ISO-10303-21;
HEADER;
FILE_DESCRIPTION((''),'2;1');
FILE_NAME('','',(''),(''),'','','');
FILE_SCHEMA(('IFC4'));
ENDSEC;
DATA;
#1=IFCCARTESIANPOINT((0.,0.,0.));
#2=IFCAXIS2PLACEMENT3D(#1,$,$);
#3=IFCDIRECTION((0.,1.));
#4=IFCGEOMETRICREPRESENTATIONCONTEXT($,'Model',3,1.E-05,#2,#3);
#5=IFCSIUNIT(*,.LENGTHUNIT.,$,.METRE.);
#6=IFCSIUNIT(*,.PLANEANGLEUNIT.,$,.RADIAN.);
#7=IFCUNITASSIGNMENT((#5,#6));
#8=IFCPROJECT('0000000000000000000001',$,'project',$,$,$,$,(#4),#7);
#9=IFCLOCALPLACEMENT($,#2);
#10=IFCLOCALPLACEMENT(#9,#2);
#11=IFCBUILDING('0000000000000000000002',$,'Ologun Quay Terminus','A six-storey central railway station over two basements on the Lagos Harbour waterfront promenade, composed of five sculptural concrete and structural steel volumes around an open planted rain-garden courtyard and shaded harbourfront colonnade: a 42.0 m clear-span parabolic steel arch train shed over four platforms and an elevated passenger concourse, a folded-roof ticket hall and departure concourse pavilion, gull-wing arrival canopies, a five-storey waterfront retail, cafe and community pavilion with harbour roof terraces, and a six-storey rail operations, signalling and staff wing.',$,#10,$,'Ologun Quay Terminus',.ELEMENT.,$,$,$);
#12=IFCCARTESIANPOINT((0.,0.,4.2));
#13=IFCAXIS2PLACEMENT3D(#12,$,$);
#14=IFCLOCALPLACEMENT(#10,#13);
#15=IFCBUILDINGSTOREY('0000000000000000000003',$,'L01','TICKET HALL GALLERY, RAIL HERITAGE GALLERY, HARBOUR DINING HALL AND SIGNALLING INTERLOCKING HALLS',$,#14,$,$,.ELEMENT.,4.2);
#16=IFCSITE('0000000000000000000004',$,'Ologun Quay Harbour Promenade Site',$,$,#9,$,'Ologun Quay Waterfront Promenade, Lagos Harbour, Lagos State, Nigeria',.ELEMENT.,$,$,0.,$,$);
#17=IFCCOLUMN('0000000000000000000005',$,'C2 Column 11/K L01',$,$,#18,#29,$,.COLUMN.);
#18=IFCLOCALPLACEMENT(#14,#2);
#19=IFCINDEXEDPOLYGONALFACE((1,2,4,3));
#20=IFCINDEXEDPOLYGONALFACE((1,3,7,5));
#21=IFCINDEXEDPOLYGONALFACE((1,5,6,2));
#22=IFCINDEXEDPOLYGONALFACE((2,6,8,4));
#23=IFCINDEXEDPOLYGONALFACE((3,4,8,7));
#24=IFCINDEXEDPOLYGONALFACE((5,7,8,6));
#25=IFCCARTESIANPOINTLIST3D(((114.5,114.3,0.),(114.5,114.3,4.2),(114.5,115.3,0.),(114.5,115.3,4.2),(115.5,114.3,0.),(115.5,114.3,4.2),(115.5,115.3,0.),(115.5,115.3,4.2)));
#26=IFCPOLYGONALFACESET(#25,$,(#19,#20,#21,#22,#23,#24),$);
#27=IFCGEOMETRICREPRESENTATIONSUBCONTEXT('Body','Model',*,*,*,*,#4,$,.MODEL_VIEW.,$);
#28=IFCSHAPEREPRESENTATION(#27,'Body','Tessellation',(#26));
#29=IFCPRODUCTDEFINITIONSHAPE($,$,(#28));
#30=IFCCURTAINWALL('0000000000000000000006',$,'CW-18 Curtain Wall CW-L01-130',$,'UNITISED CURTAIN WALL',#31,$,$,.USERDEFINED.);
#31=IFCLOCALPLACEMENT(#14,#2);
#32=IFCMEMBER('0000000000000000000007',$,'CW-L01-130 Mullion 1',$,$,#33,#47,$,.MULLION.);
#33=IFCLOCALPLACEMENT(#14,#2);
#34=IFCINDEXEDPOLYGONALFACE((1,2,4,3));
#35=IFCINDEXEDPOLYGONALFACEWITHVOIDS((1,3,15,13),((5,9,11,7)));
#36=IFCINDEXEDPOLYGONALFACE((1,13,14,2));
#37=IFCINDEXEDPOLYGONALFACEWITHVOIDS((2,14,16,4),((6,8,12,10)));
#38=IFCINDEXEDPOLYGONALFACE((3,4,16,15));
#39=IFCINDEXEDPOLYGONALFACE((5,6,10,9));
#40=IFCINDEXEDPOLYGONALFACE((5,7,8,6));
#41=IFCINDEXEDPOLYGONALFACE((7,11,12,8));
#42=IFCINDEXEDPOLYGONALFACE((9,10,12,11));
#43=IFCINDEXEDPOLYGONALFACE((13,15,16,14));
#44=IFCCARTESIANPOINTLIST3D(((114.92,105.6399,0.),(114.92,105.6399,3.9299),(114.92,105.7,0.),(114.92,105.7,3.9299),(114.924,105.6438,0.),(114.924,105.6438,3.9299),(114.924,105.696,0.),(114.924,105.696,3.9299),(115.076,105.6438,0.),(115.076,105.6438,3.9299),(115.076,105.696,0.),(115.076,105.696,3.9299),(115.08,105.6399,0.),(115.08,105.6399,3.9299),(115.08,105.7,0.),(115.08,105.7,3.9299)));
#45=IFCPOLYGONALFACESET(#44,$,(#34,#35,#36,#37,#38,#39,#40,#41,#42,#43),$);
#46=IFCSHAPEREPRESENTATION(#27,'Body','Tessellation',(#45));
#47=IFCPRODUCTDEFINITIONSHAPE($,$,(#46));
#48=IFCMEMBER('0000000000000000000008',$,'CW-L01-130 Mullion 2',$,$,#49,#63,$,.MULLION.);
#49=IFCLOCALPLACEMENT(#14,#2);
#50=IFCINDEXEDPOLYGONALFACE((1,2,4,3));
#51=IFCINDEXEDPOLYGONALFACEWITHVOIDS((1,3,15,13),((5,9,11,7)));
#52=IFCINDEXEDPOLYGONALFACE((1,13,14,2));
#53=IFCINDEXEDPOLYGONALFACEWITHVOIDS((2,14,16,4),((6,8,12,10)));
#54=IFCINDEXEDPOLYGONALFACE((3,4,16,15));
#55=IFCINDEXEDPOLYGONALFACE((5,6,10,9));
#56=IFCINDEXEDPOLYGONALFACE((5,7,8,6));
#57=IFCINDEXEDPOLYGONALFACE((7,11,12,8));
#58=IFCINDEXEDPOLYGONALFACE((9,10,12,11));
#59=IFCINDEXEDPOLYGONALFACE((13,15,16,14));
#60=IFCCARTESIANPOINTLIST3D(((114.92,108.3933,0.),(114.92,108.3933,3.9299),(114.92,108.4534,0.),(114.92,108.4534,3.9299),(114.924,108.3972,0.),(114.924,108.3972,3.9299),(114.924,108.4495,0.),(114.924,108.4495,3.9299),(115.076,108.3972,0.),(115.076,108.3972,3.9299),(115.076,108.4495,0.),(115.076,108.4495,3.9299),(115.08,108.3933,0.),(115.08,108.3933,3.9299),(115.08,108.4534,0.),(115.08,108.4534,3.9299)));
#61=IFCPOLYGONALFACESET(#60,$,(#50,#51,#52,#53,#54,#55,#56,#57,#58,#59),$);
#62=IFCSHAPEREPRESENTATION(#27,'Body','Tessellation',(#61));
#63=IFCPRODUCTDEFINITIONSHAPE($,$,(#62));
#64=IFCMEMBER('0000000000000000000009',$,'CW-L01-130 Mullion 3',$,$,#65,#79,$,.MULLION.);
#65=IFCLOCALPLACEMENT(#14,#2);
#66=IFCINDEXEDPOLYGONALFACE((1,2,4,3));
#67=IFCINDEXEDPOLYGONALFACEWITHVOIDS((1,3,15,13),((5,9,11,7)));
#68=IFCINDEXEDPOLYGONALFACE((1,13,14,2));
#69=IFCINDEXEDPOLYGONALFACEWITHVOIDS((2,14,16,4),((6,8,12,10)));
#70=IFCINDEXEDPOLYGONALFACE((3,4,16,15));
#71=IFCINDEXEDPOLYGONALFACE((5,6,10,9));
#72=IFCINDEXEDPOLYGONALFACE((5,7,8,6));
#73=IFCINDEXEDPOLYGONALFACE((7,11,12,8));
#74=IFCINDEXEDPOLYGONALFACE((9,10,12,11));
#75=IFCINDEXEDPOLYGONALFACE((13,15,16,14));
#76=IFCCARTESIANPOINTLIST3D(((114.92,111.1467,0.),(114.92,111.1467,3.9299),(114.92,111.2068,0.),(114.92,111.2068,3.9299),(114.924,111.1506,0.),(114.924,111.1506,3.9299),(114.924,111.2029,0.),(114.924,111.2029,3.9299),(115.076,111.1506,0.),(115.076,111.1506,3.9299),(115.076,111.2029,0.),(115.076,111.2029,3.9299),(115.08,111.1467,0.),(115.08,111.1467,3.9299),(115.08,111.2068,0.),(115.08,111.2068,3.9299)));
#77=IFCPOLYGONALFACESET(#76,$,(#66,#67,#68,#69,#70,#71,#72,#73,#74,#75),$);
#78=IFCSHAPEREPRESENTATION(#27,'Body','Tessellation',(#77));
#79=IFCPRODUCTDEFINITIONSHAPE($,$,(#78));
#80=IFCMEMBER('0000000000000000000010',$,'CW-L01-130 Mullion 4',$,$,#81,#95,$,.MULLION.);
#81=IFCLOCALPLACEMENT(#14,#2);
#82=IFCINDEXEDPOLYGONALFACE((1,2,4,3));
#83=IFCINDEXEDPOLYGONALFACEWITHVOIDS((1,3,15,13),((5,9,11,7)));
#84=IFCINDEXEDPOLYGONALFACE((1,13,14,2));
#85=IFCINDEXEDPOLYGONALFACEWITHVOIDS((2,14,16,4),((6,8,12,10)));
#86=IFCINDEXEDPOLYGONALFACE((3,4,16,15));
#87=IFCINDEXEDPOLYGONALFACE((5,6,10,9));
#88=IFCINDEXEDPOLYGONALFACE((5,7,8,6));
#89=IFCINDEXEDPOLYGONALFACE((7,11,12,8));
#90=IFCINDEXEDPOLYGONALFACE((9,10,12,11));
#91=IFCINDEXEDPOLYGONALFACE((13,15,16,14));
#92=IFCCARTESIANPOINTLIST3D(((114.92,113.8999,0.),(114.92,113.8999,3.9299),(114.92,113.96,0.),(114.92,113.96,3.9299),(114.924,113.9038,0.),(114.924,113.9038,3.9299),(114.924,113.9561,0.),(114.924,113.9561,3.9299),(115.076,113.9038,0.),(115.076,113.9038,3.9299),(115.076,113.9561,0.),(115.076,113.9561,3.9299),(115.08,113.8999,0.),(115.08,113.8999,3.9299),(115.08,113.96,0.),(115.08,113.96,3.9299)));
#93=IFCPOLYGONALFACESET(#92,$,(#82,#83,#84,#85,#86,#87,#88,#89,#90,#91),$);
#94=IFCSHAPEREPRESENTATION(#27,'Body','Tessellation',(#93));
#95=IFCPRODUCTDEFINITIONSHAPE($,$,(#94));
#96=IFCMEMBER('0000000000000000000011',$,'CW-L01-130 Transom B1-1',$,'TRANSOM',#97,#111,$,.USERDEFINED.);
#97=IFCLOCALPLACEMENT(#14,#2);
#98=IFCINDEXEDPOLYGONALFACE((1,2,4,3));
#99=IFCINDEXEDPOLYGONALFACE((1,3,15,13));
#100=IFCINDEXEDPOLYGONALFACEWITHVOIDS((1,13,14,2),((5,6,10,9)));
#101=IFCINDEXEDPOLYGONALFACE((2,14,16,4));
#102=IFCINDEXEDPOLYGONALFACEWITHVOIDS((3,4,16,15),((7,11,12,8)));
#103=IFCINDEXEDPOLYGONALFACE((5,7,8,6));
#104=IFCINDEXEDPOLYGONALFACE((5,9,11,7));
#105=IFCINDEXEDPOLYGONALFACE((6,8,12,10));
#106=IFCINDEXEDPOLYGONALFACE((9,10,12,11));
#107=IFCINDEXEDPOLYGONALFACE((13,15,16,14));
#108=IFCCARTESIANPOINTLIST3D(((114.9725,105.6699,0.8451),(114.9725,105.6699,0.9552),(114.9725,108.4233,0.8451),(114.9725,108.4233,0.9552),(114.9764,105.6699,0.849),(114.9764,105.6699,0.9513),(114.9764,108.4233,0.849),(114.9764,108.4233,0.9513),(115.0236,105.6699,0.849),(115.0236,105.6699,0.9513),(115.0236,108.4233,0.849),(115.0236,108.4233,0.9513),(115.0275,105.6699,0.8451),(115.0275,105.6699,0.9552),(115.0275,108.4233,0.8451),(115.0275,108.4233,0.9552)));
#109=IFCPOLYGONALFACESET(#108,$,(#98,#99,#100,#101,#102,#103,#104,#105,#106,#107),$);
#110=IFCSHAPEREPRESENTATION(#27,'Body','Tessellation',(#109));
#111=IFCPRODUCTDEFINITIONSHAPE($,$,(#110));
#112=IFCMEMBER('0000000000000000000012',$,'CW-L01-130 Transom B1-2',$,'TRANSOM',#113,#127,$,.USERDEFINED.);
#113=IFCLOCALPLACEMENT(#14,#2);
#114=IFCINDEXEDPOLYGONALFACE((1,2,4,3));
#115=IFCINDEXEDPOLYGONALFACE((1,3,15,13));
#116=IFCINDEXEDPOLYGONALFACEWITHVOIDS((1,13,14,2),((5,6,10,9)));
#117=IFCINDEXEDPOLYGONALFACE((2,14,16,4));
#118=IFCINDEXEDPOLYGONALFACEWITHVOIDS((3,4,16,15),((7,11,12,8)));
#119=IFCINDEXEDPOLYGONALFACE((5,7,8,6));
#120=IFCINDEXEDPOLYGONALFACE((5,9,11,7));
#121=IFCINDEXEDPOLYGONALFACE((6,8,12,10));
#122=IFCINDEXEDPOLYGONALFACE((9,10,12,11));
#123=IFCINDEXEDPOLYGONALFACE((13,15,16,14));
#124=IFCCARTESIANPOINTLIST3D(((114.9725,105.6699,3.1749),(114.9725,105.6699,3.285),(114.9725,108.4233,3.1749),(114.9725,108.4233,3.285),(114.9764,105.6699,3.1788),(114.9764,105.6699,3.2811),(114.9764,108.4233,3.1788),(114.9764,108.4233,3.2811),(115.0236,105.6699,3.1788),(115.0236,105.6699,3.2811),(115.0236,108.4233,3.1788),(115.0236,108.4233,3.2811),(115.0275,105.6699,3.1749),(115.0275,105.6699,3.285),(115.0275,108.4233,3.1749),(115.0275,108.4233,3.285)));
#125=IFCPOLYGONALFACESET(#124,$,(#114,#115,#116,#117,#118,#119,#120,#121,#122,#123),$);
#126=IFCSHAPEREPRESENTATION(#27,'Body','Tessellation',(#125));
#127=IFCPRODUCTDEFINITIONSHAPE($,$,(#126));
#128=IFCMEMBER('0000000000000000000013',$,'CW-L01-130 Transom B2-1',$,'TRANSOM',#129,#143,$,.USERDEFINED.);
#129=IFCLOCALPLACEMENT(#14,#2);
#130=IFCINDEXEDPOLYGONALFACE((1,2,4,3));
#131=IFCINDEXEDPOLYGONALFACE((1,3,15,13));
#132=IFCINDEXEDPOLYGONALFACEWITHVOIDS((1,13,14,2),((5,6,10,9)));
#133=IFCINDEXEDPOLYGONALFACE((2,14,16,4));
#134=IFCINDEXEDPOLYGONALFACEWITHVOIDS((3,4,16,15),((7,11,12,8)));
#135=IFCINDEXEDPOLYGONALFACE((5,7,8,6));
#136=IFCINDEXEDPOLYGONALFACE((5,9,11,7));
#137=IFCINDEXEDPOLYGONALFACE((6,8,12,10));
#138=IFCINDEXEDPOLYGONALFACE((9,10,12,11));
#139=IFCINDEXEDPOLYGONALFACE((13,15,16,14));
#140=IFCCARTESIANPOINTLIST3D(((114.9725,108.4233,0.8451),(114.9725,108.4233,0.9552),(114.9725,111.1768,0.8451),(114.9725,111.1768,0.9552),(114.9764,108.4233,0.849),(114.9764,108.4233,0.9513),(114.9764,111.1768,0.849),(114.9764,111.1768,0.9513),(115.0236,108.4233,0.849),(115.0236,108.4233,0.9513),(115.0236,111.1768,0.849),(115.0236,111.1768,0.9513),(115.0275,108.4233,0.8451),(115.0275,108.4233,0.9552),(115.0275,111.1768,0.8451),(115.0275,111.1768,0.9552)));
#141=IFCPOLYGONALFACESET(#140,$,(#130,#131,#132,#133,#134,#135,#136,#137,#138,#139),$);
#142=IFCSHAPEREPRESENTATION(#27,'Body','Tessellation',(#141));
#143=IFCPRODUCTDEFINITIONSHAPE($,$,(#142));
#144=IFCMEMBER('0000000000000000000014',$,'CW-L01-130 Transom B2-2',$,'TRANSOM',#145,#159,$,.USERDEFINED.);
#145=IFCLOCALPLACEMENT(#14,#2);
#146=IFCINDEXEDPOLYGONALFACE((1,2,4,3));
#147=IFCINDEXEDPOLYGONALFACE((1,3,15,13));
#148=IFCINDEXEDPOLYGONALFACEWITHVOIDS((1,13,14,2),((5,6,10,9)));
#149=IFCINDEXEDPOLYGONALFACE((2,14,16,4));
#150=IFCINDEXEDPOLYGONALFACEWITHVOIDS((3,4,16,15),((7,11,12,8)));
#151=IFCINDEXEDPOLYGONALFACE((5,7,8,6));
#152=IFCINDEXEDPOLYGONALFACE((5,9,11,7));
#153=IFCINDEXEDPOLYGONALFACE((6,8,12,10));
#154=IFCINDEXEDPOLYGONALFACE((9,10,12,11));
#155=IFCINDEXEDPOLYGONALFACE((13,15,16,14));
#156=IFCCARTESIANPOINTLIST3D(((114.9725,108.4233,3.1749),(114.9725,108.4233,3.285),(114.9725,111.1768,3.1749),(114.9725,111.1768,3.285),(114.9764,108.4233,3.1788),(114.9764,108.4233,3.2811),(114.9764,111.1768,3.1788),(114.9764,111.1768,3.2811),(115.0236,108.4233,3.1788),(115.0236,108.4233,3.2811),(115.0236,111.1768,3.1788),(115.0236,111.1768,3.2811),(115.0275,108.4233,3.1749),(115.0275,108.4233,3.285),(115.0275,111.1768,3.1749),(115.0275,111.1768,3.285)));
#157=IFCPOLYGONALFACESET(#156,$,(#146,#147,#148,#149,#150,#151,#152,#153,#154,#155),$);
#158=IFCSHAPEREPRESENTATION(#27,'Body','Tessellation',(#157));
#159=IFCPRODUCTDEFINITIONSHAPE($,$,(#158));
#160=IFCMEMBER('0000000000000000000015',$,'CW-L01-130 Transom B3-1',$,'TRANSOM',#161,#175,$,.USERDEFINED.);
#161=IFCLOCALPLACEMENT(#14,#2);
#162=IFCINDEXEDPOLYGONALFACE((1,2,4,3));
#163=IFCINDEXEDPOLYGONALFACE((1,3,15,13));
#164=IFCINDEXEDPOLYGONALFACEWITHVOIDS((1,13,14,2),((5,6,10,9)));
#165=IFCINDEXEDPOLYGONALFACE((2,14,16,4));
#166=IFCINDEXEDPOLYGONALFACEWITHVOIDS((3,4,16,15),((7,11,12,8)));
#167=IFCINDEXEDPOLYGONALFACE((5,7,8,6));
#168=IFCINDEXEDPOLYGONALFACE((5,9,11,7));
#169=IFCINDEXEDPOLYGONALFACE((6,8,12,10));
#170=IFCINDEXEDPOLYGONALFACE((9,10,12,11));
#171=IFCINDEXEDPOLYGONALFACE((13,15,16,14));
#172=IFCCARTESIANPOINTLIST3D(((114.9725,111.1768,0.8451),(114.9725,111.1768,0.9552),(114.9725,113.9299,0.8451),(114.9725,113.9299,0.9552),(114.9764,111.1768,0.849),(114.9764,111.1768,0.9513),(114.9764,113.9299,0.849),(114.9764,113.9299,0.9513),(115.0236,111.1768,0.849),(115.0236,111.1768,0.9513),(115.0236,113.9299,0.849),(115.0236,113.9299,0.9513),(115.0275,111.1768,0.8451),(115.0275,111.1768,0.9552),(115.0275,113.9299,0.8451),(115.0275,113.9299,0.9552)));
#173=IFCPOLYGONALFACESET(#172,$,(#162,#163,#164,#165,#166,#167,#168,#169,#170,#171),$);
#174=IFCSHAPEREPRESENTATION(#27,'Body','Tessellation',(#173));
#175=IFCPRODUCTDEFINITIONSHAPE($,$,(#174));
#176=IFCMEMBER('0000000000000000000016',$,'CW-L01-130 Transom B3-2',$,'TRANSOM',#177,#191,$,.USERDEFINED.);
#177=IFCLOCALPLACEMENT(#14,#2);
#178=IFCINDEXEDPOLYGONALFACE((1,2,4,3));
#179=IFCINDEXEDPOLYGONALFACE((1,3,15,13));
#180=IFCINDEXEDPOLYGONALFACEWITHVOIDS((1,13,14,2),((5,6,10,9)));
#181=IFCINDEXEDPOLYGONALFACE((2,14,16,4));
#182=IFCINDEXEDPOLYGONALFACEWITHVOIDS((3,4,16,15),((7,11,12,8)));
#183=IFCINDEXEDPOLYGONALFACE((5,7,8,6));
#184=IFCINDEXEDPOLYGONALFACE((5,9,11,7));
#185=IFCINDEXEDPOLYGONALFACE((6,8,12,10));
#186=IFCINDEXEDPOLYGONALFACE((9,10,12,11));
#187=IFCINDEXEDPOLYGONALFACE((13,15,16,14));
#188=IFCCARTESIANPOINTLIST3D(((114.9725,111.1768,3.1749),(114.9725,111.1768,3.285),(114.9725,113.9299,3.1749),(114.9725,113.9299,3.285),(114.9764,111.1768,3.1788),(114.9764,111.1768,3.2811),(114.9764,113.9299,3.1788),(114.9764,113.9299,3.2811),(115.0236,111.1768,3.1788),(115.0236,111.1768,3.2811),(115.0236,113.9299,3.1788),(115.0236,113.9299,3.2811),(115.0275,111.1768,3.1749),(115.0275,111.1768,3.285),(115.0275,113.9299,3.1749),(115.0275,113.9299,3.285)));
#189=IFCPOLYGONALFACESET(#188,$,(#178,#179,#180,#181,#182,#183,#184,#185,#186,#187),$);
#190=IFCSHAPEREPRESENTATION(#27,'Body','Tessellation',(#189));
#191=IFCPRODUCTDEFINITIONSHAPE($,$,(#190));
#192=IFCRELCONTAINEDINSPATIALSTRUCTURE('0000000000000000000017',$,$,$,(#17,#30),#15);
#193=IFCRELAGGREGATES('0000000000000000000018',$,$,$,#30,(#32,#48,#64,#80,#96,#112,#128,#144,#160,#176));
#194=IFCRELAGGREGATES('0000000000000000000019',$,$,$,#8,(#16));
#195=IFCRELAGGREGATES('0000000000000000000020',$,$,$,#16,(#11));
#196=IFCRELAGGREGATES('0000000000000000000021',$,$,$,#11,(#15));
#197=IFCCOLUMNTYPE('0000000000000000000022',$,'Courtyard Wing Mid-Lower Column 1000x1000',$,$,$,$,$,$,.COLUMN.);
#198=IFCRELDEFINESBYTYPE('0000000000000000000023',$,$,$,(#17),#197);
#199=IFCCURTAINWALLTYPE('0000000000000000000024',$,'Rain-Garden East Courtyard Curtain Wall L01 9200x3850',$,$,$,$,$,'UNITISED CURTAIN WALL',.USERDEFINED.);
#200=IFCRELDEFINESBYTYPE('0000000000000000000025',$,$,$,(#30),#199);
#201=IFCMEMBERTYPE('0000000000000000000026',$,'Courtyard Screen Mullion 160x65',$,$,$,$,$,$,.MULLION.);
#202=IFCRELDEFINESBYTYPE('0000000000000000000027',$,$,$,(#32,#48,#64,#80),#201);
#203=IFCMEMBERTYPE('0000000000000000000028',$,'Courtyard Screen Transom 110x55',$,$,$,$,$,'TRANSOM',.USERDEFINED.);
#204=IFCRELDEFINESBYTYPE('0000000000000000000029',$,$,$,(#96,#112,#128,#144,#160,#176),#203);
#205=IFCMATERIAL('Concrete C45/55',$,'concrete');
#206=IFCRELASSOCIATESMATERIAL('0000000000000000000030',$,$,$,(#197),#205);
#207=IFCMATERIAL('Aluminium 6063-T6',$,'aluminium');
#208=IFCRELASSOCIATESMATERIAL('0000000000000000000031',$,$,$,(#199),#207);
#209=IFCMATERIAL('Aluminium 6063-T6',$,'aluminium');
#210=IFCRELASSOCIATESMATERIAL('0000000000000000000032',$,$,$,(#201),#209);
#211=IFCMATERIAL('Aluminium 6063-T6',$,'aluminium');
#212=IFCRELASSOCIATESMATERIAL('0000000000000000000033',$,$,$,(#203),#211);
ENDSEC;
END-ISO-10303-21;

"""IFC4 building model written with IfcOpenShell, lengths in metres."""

from ifc_helpers import new_model, si_unit, direction, frame, origin, origin_2d, place, context, subcontext, project, spatial, rectangle, hollow_rectangle, extrude, material, material_profile, profile_set, type_object, element, aggregate, save


model = new_model("IFC4")

# Units and contexts
model_context = context("Model", 3, precision=1e-05, world=origin(), true_north=direction((0.0, 1.0)))
body_context = subcontext(model_context, "Body", "Model", "MODEL_VIEW")
ifc_project = project(units=[si_unit("LENGTHUNIT", "METRE"), si_unit("PLANEANGLEUNIT", "RADIAN")], contexts=[model_context])

# Site, building, storey
site_placement = place(None, origin())
site = spatial("IfcSite", under=ifc_project, at=site_placement, Name="Ologun Quay Harbour Promenade Site", LongName="Ologun Quay Waterfront Promenade, Lagos Harbour, Lagos State, Nigeria", CompositionType="ELEMENT", RefElevation=0.0)
building_placement = place(site_placement, origin())
building = spatial("IfcBuilding", under=site, at=building_placement, Name="Ologun Quay Terminus", Description="A six-storey central railway station over two basements on the Lagos Harbour waterfront promenade, composed of five sculptural concrete and structural steel volumes around an open planted rain-garden courtyard and shaded harbourfront colonnade: a 42.0 m clear-span parabolic steel arch train shed over four platforms and an elevated passenger concourse, a folded-roof ticket hall and departure concourse pavilion, gull-wing arrival canopies, a five-storey waterfront retail, cafe and community pavilion with harbour roof terraces, and a six-storey rail operations, signalling and staff wing.", LongName="Ologun Quay Terminus", CompositionType="ELEMENT")
storey_placement = place(building_placement, frame((0.0, 0.0, 4.2)))
storey = spatial("IfcBuildingStorey", under=building, at=storey_placement, Name="L01", Description="TICKET HALL GALLERY, RAIL HERITAGE GALLERY, HARBOUR DINING HALL AND SIGNALLING INTERLOCKING HALLS", CompositionType="ELEMENT", Elevation=4.2)

# Column
ifc_material_1 = material(Name="Concrete C45/55", Category="concrete")
ifc_material_profile_1 = material_profile(ifc_material_1, rectangle(XDim=1.0, YDim=1.0, at=origin_2d()), Name="RC 1000x1000")
ifc_profile_set_1 = profile_set([ifc_material_profile_1], Name="Concrete C45/55")
column_type = type_object("IfcColumnType", Name="Courtyard Wing Mid-Lower Column 1000x1000", PredefinedType="COLUMN", material=ifc_profile_set_1)
column_placement = place(storey_placement, frame((115.0, 114.8, 0.0), z_axis=(0.0, 0.0, 1.0), x_axis=(1.0, 0.0, 0.0)))
element("IfcColumn", 1, at=column_placement, inside=storey, type_object=column_type, Name="C2 Column 11/K L01", PredefinedType="COLUMN", context=body_context, shape_type="SweptSolid", body=[
    extrude(rectangle(XDim=1.0, YDim=1.0, at=origin_2d()), origin(), (0.0, 0.0, 1.0), 4.2),
])

# Curtain wall, members
ifc_material_2 = material(Name="Aluminium 6063-T6", Category="aluminium")
curtain_wall_type = type_object("IfcCurtainWallType", Name="Rain-Garden East Courtyard Curtain Wall L01 9200x3850", ElementType="UNITISED CURTAIN WALL", PredefinedType="USERDEFINED", material=ifc_material_2)
curtain_wall_placement = place(storey_placement, origin())
curtain_wall = element("IfcCurtainWall", 2, at=curtain_wall_placement, inside=storey, type_object=curtain_wall_type, Name="CW-18 Curtain Wall CW-L01-130", ObjectType="UNITISED CURTAIN WALL", PredefinedType="USERDEFINED")
ifc_material_3 = material(Name="Aluminium 6063-T6", Category="aluminium")
ifc_material_profile_2 = material_profile(ifc_material_3, hollow_rectangle(XDim=0.0601, YDim=0.1599, WallThickness=0.0039, at=origin_2d()), Name="ALU 160x60x4")
ifc_profile_set_2 = profile_set([ifc_material_profile_2], Name="Aluminium 6063-T6")
member_type_1 = type_object("IfcMemberType", Name="Courtyard Screen Mullion 160x65", PredefinedType="MULLION", material=ifc_profile_set_2)
member_1_placement = place(storey_placement, frame((115.0, 105.6699, 0.0), z_axis=(0.0, 0.0, 1.0), x_axis=(0.0, 1.0, 0.0)))
member_1 = element("IfcMember", 3, at=member_1_placement, type_object=member_type_1, Name="CW-L01-130 Mullion 1", PredefinedType="MULLION", context=body_context, shape_type="SweptSolid", body=[
    extrude(hollow_rectangle(XDim=0.0601, YDim=0.1599, WallThickness=0.0039, at=origin_2d()), origin(), (0.0, 0.0, 1.0), 3.9299),
])
member_2_placement = place(storey_placement, frame((115.0, 108.4233, 0.0), z_axis=(0.0, 0.0, 1.0), x_axis=(0.0, 1.0, 0.0)))
member_2 = element("IfcMember", 4, at=member_2_placement, type_object=member_type_1, Name="CW-L01-130 Mullion 2", PredefinedType="MULLION", context=body_context, shape_type="SweptSolid", body=[
    extrude(hollow_rectangle(XDim=0.0601, YDim=0.1599, WallThickness=0.0039, at=origin_2d()), origin(), (0.0, 0.0, 1.0), 3.9299),
])
member_3_placement = place(storey_placement, frame((115.0, 111.1768, 0.0), z_axis=(0.0, 0.0, 1.0), x_axis=(0.0, 1.0, 0.0)))
member_3 = element("IfcMember", 5, at=member_3_placement, type_object=member_type_1, Name="CW-L01-130 Mullion 3", PredefinedType="MULLION", context=body_context, shape_type="SweptSolid", body=[
    extrude(hollow_rectangle(XDim=0.0601, YDim=0.1599, WallThickness=0.0039, at=origin_2d()), origin(), (0.0, 0.0, 1.0), 3.9299),
])
member_4_placement = place(storey_placement, frame((115.0, 113.9299, 0.0), z_axis=(0.0, 0.0, 1.0), x_axis=(0.0, 1.0, 0.0)))
member_4 = element("IfcMember", 6, at=member_4_placement, type_object=member_type_1, Name="CW-L01-130 Mullion 4", PredefinedType="MULLION", context=body_context, shape_type="SweptSolid", body=[
    extrude(hollow_rectangle(XDim=0.0601, YDim=0.1599, WallThickness=0.0039, at=origin_2d()), origin(), (0.0, 0.0, 1.0), 3.9299),
])
ifc_material_4 = material(Name="Aluminium 6063-T6", Category="aluminium")
ifc_material_profile_3 = material_profile(ifc_material_4, hollow_rectangle(XDim=0.0549, YDim=0.1101, WallThickness=0.0039, at=origin_2d()), Name="ALU 110x55x4")
ifc_profile_set_3 = profile_set([ifc_material_profile_3], Name="Aluminium 6063-T6")
member_type_2 = type_object("IfcMemberType", Name="Courtyard Screen Transom 110x55", ElementType="TRANSOM", PredefinedType="USERDEFINED", material=ifc_profile_set_3)
member_5_placement = place(storey_placement, frame((115.0, 105.6699, 0.9001), z_axis=(0.0, 1.0, 0.0), x_axis=(-1.0, 0.0, 0.0)))
member_5 = element("IfcMember", 7, at=member_5_placement, type_object=member_type_2, Name="CW-L01-130 Transom B1-1", ObjectType="TRANSOM", PredefinedType="USERDEFINED", context=body_context, shape_type="SweptSolid", body=[
    extrude(hollow_rectangle(XDim=0.0549, YDim=0.1101, WallThickness=0.0039, at=origin_2d()), origin(), (0.0, 0.0, 1.0), 2.7534),
])
member_6_placement = place(storey_placement, frame((115.0, 105.6699, 3.23), z_axis=(0.0, 1.0, 0.0), x_axis=(-1.0, 0.0, 0.0)))
member_6 = element("IfcMember", 8, at=member_6_placement, type_object=member_type_2, Name="CW-L01-130 Transom B1-2", ObjectType="TRANSOM", PredefinedType="USERDEFINED", context=body_context, shape_type="SweptSolid", body=[
    extrude(hollow_rectangle(XDim=0.0549, YDim=0.1101, WallThickness=0.0039, at=origin_2d()), origin(), (0.0, 0.0, 1.0), 2.7534),
])
member_7_placement = place(storey_placement, frame((115.0, 108.4233, 0.9001), z_axis=(0.0, 1.0, 0.0), x_axis=(-1.0, 0.0, 0.0)))
member_7 = element("IfcMember", 9, at=member_7_placement, type_object=member_type_2, Name="CW-L01-130 Transom B2-1", ObjectType="TRANSOM", PredefinedType="USERDEFINED", context=body_context, shape_type="SweptSolid", body=[
    extrude(hollow_rectangle(XDim=0.0549, YDim=0.1101, WallThickness=0.0039, at=origin_2d()), origin(), (0.0, 0.0, 1.0), 2.7534),
])
member_8_placement = place(storey_placement, frame((115.0, 108.4233, 3.23), z_axis=(0.0, 1.0, 0.0), x_axis=(-1.0, 0.0, 0.0)))
member_8 = element("IfcMember", 10, at=member_8_placement, type_object=member_type_2, Name="CW-L01-130 Transom B2-2", ObjectType="TRANSOM", PredefinedType="USERDEFINED", context=body_context, shape_type="SweptSolid", body=[
    extrude(hollow_rectangle(XDim=0.0549, YDim=0.1101, WallThickness=0.0039, at=origin_2d()), origin(), (0.0, 0.0, 1.0), 2.7534),
])
member_9_placement = place(storey_placement, frame((115.0, 111.1768, 0.9001), z_axis=(0.0, 1.0, 0.0), x_axis=(-1.0, 0.0, 0.0)))
member_9 = element("IfcMember", 11, at=member_9_placement, type_object=member_type_2, Name="CW-L01-130 Transom B3-1", ObjectType="TRANSOM", PredefinedType="USERDEFINED", context=body_context, shape_type="SweptSolid", body=[
    extrude(hollow_rectangle(XDim=0.0549, YDim=0.1101, WallThickness=0.0039, at=origin_2d()), origin(), (0.0, 0.0, 1.0), 2.7532),
])
member_10_placement = place(storey_placement, frame((115.0, 111.1768, 3.23), z_axis=(0.0, 1.0, 0.0), x_axis=(-1.0, 0.0, 0.0)))
member_10 = element("IfcMember", 12, at=member_10_placement, type_object=member_type_2, Name="CW-L01-130 Transom B3-2", ObjectType="TRANSOM", PredefinedType="USERDEFINED", context=body_context, shape_type="SweptSolid", body=[
    extrude(hollow_rectangle(XDim=0.0549, YDim=0.1101, WallThickness=0.0039, at=origin_2d()), origin(), (0.0, 0.0, 1.0), 2.7532),
])

aggregate(curtain_wall, [member_1, member_2, member_3, member_4, member_5, member_6, member_7, member_8, member_9, member_10])

save(model, "model.ifc")
